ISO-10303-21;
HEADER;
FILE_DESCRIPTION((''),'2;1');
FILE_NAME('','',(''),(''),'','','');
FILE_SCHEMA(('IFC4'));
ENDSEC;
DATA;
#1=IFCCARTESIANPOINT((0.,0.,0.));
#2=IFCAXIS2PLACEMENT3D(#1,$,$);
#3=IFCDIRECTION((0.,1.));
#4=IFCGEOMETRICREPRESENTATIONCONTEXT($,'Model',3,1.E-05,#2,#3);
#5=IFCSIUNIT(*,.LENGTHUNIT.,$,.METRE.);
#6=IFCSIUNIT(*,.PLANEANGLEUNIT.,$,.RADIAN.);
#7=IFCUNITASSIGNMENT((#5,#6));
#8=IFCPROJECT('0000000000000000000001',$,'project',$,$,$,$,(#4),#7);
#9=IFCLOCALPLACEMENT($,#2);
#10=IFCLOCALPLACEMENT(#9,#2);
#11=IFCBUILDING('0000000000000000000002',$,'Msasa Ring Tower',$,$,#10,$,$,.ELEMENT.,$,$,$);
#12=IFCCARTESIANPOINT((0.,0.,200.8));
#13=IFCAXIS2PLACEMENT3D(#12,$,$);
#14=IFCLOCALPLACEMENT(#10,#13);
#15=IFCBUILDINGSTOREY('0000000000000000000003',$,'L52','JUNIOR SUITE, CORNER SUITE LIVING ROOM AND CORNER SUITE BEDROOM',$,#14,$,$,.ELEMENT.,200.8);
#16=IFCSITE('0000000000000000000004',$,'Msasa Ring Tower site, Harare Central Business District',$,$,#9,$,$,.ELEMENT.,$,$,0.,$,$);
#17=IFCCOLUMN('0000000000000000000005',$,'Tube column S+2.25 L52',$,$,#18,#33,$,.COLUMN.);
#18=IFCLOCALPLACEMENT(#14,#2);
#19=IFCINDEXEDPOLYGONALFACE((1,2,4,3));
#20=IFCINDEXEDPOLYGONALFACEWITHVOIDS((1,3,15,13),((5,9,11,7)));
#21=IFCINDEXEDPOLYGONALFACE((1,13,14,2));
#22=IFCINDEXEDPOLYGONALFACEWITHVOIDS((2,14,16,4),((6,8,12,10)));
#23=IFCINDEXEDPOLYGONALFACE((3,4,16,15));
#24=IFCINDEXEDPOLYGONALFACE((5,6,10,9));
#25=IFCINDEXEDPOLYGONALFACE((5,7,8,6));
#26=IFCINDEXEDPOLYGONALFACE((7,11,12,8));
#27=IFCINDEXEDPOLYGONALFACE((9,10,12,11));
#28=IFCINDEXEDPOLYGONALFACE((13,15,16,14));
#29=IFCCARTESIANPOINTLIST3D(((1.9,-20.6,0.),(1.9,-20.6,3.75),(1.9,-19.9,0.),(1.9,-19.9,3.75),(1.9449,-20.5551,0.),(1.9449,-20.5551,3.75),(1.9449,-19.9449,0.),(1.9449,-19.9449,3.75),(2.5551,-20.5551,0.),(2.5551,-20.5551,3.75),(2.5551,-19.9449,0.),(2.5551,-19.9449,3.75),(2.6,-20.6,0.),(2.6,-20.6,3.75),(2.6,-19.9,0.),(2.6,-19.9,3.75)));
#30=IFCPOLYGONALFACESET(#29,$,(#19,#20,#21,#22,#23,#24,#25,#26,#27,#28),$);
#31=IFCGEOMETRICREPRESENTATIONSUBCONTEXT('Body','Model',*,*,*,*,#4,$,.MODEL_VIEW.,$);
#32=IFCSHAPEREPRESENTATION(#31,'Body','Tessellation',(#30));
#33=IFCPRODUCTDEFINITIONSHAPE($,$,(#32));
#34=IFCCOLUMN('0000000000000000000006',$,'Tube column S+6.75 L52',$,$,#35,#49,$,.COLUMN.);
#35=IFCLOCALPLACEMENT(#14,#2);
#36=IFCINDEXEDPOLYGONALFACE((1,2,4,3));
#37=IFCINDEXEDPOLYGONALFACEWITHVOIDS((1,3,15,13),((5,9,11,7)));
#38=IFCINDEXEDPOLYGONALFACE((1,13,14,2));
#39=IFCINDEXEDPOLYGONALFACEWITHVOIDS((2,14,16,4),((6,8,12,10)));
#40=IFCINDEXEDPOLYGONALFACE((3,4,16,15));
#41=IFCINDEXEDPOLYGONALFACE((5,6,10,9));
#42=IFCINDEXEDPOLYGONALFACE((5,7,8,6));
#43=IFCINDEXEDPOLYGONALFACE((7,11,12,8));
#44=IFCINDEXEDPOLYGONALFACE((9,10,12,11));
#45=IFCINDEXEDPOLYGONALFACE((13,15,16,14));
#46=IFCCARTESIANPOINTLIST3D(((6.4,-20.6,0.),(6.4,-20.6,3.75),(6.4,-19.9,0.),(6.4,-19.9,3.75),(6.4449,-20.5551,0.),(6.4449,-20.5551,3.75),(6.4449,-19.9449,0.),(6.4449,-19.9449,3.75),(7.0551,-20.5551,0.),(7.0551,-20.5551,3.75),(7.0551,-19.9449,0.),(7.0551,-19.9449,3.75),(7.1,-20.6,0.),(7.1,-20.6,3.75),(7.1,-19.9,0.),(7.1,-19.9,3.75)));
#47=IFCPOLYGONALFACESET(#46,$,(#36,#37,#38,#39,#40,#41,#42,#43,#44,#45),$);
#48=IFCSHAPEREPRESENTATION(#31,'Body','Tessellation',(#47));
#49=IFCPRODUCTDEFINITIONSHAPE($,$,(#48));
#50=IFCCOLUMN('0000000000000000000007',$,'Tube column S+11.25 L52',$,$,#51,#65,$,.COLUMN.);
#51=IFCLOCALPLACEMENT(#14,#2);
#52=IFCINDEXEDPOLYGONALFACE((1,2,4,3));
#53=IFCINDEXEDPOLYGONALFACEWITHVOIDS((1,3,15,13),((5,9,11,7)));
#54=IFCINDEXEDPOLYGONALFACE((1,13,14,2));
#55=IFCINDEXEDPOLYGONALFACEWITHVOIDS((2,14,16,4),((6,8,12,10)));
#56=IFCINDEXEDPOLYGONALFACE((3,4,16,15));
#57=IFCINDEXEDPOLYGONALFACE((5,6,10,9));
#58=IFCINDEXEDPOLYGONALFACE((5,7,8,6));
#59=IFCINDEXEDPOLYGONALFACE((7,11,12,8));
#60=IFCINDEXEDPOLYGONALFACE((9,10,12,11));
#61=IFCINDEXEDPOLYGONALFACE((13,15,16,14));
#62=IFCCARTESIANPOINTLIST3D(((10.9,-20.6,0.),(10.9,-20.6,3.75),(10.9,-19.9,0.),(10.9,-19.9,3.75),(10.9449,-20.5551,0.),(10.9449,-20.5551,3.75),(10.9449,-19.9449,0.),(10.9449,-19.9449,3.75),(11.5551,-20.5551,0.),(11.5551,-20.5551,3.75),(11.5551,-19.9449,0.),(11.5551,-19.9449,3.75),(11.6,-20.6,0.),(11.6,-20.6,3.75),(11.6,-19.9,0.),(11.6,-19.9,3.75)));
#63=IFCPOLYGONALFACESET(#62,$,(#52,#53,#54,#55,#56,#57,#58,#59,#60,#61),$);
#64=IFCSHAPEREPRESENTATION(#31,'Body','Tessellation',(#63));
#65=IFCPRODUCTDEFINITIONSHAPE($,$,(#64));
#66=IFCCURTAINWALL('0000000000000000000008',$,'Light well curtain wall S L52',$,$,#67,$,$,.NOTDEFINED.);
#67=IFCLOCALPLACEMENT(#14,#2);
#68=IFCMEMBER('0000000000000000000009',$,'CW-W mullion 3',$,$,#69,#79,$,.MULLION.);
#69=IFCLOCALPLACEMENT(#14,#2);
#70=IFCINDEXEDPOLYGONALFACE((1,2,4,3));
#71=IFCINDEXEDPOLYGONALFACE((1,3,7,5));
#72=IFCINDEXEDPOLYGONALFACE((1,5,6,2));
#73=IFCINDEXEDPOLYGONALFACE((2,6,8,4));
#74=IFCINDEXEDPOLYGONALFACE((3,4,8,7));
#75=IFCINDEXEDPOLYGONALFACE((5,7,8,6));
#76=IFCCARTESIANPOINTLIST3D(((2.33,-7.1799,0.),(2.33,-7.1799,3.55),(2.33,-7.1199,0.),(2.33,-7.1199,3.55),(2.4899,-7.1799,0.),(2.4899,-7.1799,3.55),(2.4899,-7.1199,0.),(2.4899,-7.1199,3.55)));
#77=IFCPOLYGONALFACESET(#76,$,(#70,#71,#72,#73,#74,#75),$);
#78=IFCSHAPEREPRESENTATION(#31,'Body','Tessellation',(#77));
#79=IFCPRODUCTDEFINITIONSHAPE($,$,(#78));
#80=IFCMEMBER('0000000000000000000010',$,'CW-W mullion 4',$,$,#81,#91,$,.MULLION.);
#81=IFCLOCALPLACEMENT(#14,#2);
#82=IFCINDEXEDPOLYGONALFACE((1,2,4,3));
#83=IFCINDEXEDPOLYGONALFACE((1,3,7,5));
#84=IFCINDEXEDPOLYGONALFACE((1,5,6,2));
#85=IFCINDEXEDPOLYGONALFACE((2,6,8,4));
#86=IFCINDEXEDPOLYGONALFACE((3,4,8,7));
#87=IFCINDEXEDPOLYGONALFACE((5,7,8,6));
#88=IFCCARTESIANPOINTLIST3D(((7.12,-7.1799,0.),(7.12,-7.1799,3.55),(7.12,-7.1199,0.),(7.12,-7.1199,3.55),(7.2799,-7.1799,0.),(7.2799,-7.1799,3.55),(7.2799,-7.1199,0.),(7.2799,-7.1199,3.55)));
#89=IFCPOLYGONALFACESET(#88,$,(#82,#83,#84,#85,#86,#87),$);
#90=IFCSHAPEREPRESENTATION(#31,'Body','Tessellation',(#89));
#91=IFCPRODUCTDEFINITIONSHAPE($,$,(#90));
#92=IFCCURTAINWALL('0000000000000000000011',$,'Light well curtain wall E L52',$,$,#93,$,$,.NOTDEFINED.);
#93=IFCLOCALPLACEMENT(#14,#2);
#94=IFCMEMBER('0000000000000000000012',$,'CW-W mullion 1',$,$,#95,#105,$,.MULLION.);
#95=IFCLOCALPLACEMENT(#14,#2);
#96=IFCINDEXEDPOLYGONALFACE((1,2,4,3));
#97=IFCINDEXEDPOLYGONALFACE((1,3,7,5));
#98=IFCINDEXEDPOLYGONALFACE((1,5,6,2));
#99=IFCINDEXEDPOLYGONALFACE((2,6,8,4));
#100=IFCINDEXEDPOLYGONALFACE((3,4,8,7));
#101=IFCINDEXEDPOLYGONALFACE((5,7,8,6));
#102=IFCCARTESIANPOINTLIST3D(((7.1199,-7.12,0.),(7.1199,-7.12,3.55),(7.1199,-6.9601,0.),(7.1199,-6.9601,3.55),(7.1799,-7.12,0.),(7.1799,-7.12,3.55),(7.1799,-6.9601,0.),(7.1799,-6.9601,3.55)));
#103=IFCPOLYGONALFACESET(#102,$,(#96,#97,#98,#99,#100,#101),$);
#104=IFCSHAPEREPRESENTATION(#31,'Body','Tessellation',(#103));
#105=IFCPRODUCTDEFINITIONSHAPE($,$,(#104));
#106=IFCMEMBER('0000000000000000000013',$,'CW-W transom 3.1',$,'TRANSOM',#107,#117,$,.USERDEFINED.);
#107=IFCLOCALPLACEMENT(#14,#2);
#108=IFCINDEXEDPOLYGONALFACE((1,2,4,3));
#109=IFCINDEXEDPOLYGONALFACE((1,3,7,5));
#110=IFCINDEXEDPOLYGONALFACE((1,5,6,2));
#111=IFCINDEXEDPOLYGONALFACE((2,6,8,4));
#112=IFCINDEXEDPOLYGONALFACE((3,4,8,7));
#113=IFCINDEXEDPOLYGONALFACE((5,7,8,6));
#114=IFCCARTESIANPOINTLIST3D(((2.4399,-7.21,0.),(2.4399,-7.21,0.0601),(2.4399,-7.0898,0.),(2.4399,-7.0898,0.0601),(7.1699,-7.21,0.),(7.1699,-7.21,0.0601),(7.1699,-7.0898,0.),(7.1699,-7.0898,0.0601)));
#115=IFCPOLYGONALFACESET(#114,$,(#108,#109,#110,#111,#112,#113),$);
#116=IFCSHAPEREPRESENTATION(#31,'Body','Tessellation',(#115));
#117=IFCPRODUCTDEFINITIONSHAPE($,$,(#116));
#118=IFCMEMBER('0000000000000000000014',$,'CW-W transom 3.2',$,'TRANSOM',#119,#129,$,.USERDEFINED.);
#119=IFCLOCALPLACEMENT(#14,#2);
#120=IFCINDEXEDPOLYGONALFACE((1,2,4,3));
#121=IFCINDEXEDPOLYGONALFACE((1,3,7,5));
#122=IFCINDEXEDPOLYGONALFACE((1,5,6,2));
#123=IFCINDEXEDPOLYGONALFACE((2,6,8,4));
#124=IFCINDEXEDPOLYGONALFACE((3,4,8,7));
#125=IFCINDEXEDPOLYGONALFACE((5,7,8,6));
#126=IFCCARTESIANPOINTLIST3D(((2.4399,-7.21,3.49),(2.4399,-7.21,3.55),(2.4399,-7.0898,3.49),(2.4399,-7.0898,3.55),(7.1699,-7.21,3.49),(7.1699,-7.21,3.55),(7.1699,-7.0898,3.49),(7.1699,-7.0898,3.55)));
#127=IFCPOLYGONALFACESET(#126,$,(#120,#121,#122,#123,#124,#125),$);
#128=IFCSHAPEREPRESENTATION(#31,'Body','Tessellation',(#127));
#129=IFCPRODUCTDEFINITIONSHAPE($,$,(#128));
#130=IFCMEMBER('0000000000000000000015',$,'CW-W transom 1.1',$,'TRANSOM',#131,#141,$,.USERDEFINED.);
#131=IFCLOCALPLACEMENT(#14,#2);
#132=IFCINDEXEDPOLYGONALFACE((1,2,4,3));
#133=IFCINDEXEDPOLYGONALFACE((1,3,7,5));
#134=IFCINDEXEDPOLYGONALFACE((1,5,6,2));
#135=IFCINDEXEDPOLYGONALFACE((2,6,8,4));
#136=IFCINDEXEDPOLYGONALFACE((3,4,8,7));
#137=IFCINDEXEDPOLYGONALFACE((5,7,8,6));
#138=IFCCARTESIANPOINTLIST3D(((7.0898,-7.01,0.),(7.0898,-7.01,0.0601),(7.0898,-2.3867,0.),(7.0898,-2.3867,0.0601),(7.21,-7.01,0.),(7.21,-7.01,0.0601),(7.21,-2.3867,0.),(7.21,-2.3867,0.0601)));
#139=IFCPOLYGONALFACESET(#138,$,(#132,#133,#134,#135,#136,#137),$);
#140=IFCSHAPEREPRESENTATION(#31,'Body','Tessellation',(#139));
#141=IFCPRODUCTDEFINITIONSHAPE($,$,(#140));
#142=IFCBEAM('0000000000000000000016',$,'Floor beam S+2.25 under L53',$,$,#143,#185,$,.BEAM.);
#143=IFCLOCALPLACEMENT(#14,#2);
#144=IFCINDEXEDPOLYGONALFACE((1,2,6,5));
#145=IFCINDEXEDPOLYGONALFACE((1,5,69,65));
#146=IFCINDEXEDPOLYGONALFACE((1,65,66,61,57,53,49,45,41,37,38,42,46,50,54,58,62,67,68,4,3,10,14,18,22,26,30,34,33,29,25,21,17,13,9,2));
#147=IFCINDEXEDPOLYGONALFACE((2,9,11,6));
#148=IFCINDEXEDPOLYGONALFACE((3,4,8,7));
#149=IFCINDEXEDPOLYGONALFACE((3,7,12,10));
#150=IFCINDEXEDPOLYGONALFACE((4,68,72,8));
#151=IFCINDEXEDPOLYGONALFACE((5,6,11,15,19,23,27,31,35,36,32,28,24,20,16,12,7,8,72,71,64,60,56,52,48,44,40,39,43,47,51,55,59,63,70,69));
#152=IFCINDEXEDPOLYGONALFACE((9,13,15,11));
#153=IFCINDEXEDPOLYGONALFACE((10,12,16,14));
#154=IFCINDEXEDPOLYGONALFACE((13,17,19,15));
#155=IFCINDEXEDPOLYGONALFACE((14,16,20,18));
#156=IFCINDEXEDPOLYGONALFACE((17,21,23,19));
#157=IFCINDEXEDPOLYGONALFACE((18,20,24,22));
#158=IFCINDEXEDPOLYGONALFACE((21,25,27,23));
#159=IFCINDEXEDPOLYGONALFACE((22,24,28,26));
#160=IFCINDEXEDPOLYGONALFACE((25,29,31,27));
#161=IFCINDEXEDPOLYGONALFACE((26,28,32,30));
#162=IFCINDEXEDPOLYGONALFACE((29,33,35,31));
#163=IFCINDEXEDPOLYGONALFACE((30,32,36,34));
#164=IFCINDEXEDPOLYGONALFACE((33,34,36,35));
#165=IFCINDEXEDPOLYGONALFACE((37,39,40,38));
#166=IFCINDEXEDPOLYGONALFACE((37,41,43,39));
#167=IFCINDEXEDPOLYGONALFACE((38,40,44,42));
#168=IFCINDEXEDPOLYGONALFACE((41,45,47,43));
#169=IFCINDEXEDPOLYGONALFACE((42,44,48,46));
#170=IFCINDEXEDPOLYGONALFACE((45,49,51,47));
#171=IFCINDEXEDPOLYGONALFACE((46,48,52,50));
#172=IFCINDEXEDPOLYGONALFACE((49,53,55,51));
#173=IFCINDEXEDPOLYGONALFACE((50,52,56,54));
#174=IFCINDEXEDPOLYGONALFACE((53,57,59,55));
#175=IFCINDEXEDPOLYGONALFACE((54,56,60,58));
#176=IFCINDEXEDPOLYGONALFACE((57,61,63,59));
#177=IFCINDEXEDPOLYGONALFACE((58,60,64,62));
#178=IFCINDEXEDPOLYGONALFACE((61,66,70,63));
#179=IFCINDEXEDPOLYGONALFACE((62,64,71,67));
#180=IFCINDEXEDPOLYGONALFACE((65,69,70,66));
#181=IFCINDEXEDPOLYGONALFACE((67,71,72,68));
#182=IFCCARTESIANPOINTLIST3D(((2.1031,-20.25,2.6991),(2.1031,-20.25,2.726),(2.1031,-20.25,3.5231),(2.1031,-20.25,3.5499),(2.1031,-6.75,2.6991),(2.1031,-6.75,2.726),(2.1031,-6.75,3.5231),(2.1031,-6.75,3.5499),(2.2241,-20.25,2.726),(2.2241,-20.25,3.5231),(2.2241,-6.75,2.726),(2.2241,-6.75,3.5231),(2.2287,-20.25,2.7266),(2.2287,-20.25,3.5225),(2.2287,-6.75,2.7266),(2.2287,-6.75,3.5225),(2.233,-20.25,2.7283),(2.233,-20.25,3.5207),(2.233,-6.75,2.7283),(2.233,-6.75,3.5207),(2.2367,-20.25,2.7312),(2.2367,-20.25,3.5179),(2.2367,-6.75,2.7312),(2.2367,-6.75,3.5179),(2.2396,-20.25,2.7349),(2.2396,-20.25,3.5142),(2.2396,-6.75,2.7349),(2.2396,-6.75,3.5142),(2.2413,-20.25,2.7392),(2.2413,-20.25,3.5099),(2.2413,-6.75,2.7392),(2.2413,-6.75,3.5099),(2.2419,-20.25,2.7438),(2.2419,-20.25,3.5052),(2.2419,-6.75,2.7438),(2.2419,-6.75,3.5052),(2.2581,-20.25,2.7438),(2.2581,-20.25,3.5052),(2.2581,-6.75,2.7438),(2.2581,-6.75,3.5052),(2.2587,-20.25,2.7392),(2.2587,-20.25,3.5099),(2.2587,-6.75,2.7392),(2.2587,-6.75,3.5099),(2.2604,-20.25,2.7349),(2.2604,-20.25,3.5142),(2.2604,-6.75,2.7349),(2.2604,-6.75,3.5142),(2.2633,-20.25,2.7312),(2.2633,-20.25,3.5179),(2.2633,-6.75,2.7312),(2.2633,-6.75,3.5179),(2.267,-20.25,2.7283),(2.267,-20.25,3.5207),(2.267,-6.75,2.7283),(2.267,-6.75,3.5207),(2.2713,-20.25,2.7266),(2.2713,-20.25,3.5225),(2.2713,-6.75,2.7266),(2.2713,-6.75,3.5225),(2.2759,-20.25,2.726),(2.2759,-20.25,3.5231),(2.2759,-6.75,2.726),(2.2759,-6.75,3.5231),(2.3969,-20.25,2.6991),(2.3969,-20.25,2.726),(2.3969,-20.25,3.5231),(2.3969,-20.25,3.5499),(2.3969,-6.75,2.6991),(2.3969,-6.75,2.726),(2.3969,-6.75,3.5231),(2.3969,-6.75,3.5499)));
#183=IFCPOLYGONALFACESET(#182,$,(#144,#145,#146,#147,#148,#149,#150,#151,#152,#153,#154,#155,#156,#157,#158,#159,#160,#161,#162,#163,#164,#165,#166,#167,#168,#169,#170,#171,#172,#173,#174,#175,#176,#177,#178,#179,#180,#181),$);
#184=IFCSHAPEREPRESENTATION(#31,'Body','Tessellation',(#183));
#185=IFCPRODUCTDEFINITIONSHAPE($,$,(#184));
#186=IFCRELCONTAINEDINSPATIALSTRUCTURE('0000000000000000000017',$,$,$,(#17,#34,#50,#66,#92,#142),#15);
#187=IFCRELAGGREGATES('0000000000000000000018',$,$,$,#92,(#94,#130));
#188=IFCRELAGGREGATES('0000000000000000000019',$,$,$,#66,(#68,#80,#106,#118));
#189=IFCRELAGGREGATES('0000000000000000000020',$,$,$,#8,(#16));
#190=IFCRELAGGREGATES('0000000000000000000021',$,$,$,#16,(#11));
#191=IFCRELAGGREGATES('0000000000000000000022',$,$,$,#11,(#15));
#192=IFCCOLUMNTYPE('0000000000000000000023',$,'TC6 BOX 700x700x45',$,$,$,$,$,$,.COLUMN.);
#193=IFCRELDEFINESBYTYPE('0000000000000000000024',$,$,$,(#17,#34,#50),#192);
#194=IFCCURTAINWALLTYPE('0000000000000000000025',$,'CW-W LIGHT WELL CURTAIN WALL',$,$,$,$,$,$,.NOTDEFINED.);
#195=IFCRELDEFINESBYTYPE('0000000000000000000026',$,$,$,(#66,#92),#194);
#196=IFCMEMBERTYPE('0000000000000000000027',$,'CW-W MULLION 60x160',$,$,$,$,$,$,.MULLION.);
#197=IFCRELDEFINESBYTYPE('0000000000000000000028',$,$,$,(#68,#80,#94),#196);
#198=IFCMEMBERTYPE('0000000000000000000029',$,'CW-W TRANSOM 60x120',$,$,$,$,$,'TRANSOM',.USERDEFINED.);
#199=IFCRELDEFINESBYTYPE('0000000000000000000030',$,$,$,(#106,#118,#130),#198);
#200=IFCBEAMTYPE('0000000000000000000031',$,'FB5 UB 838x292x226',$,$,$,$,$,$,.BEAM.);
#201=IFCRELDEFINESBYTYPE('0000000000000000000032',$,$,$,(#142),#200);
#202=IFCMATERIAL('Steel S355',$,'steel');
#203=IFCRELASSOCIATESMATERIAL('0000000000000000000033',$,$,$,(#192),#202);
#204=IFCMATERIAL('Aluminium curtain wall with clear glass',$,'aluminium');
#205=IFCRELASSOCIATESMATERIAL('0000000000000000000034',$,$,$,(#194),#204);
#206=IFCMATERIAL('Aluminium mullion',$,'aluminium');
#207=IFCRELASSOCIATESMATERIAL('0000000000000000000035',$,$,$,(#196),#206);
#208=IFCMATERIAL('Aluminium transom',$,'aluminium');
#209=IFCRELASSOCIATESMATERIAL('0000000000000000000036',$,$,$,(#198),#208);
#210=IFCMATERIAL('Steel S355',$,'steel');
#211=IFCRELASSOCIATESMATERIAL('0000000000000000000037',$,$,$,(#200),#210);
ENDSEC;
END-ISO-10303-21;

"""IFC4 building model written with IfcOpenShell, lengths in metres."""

from ifc_helpers import new_model, si_unit, direction, frame, origin, origin_2d, place, context, subcontext, project, spatial, rectangle, hollow_rectangle, i_section, extrude, material, material_profile, profile_set, type_object, element, aggregate, save


model = new_model("IFC4")

# Units and contexts
model_context = context("Model", 3, precision=1e-05, world=origin(), true_north=direction((0.0, 1.0)))
body_context = subcontext(model_context, "Body", "Model", "MODEL_VIEW")
ifc_project = project(units=[si_unit("LENGTHUNIT", "METRE"), si_unit("PLANEANGLEUNIT", "RADIAN")], contexts=[model_context])

# Site, building, storey
site_placement = place(None, origin())
site = spatial("IfcSite", under=ifc_project, at=site_placement, Name="Msasa Ring Tower site, Harare Central Business District", CompositionType="ELEMENT", RefElevation=0.0)
building_placement = place(site_placement, origin())
building = spatial("IfcBuilding", under=site, at=building_placement, Name="Msasa Ring Tower", CompositionType="ELEMENT")
storey_placement = place(building_placement, frame((0.0, 0.0, 200.8)))
storey = spatial("IfcBuildingStorey", under=building, at=storey_placement, Name="L52", Description="JUNIOR SUITE, CORNER SUITE LIVING ROOM AND CORNER SUITE BEDROOM", CompositionType="ELEMENT", Elevation=200.8)

# Columns
ifc_material_1 = material(Name="Steel S355", Category="steel")
ifc_material_profile_1 = material_profile(ifc_material_1, hollow_rectangle(XDim=0.7, YDim=0.7, WallThickness=0.0449, at=origin_2d()), Name="BOX 700x700x45")
ifc_profile_set_1 = profile_set([ifc_material_profile_1], Name="Steel S355")
column_type = type_object("IfcColumnType", Name="TC6 BOX 700x700x45", PredefinedType="COLUMN", material=ifc_profile_set_1)
for number, where, z_axis, x_axis, name in (
    (1, (2.25, -20.25, 0.0), (0.0, 0.0, 1.0), (0.0, 1.0, 0.0), "Tube column S+2.25 L52"),
    (2, (6.75, -20.25, 0.0), (0.0, 0.0, 1.0), (0.0, 1.0, 0.0), "Tube column S+6.75 L52"),
    (3, (11.25, -20.25, 0.0), (0.0, 0.0, 1.0), (0.0, 1.0, 0.0), "Tube column S+11.25 L52"),
):
    element("IfcColumn", number, at=place(storey_placement, frame(where, z_axis=z_axis, x_axis=x_axis)), inside=storey, type_object=column_type, Name=name, PredefinedType="COLUMN", context=body_context, shape_type="SweptSolid", body=[
        extrude(hollow_rectangle(XDim=0.7, YDim=0.7, WallThickness=0.0449, at=origin_2d()), origin(), (0.0, 0.0, 1.0), 3.75),
    ])

# Curtain wall, members
ifc_material_2 = material(Name="Aluminium curtain wall with clear glass", Category="aluminium")
curtain_wall_type = type_object("IfcCurtainWallType", Name="CW-W LIGHT WELL CURTAIN WALL", PredefinedType="NOTDEFINED", material=ifc_material_2)
curtain_wall_1_placement = place(storey_placement, origin())
curtain_wall_1 = element("IfcCurtainWall", 4, at=curtain_wall_1_placement, inside=storey, type_object=curtain_wall_type, Name="Light well curtain wall S L52", PredefinedType="NOTDEFINED")
ifc_material_3 = material(Name="Aluminium mullion", Category="aluminium")
ifc_material_profile_2 = material_profile(ifc_material_3, rectangle(XDim=0.0601, YDim=0.1599, at=origin_2d()), Name="AL 60x160")
ifc_profile_set_2 = profile_set([ifc_material_profile_2], Name="Aluminium mullion")
member_type_1 = type_object("IfcMemberType", Name="CW-W MULLION 60x160", PredefinedType="MULLION", material=ifc_profile_set_2)
member_1_placement = place(storey_placement, frame((2.4099, -7.1499, 0.0), z_axis=(0.0, 0.0, 1.0), x_axis=(0.0, 1.0, 0.0)))
member_1 = element("IfcMember", 5, at=member_1_placement, type_object=member_type_1, Name="CW-W mullion 3", PredefinedType="MULLION", context=body_context, shape_type="SweptSolid", body=[
    extrude(rectangle(XDim=0.0601, YDim=0.1599, at=origin_2d()), origin(), (0.0, 0.0, 1.0), 3.55),
])
member_2_placement = place(storey_placement, frame((7.2, -7.1499, 0.0), z_axis=(0.0, 0.0, 1.0), x_axis=(0.0, 1.0, 0.0)))
member_2 = element("IfcMember", 6, at=member_2_placement, type_object=member_type_1, Name="CW-W mullion 4", PredefinedType="MULLION", context=body_context, shape_type="SweptSolid", body=[
    extrude(rectangle(XDim=0.0601, YDim=0.1599, at=origin_2d()), origin(), (0.0, 0.0, 1.0), 3.55),
])

# Curtain wall, member
curtain_wall_2_placement = place(storey_placement, origin())
curtain_wall_2 = element("IfcCurtainWall", 7, at=curtain_wall_2_placement, inside=storey, type_object=curtain_wall_type, Name="Light well curtain wall E L52", PredefinedType="NOTDEFINED")
member_3_placement = place(storey_placement, frame((7.1499, -7.04, 0.0), z_axis=(0.0, 0.0, 1.0), x_axis=(-1.0, 0.0, 0.0)))
member_3 = element("IfcMember", 8, at=member_3_placement, type_object=member_type_1, Name="CW-W mullion 1", PredefinedType="MULLION", context=body_context, shape_type="SweptSolid", body=[
    extrude(rectangle(XDim=0.0601, YDim=0.1599, at=origin_2d()), origin(), (0.0, 0.0, 1.0), 3.55),
])

# Members
ifc_material_4 = material(Name="Aluminium transom", Category="aluminium")
ifc_material_profile_3 = material_profile(ifc_material_4, rectangle(XDim=0.1201, YDim=0.0601, at=origin_2d()), Name="AL 60x120")
ifc_profile_set_3 = profile_set([ifc_material_profile_3], Name="Aluminium transom")
member_type_2 = type_object("IfcMemberType", Name="CW-W TRANSOM 60x120", ElementType="TRANSOM", PredefinedType="USERDEFINED", material=ifc_profile_set_3)
member_4_placement = place(storey_placement, frame((2.4399, -7.1499, 0.03), z_axis=(1.0, 0.0, 0.0), x_axis=(0.0, 1.0, 0.0)))
member_4 = element("IfcMember", 9, at=member_4_placement, type_object=member_type_2, Name="CW-W transom 3.1", ObjectType="TRANSOM", PredefinedType="USERDEFINED", context=body_context, shape_type="SweptSolid", body=[
    extrude(rectangle(XDim=0.1201, YDim=0.0601, at=origin_2d()), origin(), (0.0, 0.0, 1.0), 4.73),
])
member_5_placement = place(storey_placement, frame((2.4399, -7.1499, 3.52), z_axis=(1.0, 0.0, 0.0), x_axis=(0.0, 1.0, 0.0)))
member_5 = element("IfcMember", 10, at=member_5_placement, type_object=member_type_2, Name="CW-W transom 3.2", ObjectType="TRANSOM", PredefinedType="USERDEFINED", context=body_context, shape_type="SweptSolid", body=[
    extrude(rectangle(XDim=0.1201, YDim=0.0601, at=origin_2d()), origin(), (0.0, 0.0, 1.0), 4.73),
])
member_6_placement = place(storey_placement, frame((7.1499, -7.01, 0.03), z_axis=(0.0, 1.0, 0.0), x_axis=(-1.0, 0.0, 0.0)))
member_6 = element("IfcMember", 11, at=member_6_placement, type_object=member_type_2, Name="CW-W transom 1.1", ObjectType="TRANSOM", PredefinedType="USERDEFINED", context=body_context, shape_type="SweptSolid", body=[
    extrude(rectangle(XDim=0.1201, YDim=0.0601, at=origin_2d()), origin(), (0.0, 0.0, 1.0), 4.6233),
])
aggregate(curtain_wall_2, [member_3, member_6])

# Beam
ifc_material_5 = material(Name="Steel S355", Category="steel")
ifc_material_profile_4 = material_profile(ifc_material_5, i_section(OverallWidth=0.2937, OverallDepth=0.8508, WebThickness=0.0161, FlangeThickness=0.0269, FilletRadius=0.0178, at=origin_2d()), Name="UB 838x292x226")
ifc_profile_set_4 = profile_set([ifc_material_profile_4], Name="Steel S355")
beam_type_1 = type_object("IfcBeamType", Name="FB5 UB 838x292x226", PredefinedType="BEAM", material=ifc_profile_set_4)
for number, where, z_axis, x_axis, name in (
    (12, (2.25, -20.25, 3.1245), (0.0, 1.0, 0.0), (-1.0, 0.0, 0.0), "Floor beam S+2.25 under L53"),
):
    element("IfcBeam", number, at=place(storey_placement, frame(where, z_axis=z_axis, x_axis=x_axis)), inside=storey, type_object=beam_type_1, Name=name, PredefinedType="BEAM", context=body_context, shape_type="SweptSolid", body=[
        extrude(i_section(OverallWidth=0.2937, OverallDepth=0.8508, WebThickness=0.0161, FlangeThickness=0.0269, FilletRadius=0.0178, at=origin_2d()), origin(), (0.0, 0.0, 1.0), 13.5),
    ])

aggregate(curtain_wall_1, [member_1, member_2, member_4, member_5])

save(model, "model.ifc")
